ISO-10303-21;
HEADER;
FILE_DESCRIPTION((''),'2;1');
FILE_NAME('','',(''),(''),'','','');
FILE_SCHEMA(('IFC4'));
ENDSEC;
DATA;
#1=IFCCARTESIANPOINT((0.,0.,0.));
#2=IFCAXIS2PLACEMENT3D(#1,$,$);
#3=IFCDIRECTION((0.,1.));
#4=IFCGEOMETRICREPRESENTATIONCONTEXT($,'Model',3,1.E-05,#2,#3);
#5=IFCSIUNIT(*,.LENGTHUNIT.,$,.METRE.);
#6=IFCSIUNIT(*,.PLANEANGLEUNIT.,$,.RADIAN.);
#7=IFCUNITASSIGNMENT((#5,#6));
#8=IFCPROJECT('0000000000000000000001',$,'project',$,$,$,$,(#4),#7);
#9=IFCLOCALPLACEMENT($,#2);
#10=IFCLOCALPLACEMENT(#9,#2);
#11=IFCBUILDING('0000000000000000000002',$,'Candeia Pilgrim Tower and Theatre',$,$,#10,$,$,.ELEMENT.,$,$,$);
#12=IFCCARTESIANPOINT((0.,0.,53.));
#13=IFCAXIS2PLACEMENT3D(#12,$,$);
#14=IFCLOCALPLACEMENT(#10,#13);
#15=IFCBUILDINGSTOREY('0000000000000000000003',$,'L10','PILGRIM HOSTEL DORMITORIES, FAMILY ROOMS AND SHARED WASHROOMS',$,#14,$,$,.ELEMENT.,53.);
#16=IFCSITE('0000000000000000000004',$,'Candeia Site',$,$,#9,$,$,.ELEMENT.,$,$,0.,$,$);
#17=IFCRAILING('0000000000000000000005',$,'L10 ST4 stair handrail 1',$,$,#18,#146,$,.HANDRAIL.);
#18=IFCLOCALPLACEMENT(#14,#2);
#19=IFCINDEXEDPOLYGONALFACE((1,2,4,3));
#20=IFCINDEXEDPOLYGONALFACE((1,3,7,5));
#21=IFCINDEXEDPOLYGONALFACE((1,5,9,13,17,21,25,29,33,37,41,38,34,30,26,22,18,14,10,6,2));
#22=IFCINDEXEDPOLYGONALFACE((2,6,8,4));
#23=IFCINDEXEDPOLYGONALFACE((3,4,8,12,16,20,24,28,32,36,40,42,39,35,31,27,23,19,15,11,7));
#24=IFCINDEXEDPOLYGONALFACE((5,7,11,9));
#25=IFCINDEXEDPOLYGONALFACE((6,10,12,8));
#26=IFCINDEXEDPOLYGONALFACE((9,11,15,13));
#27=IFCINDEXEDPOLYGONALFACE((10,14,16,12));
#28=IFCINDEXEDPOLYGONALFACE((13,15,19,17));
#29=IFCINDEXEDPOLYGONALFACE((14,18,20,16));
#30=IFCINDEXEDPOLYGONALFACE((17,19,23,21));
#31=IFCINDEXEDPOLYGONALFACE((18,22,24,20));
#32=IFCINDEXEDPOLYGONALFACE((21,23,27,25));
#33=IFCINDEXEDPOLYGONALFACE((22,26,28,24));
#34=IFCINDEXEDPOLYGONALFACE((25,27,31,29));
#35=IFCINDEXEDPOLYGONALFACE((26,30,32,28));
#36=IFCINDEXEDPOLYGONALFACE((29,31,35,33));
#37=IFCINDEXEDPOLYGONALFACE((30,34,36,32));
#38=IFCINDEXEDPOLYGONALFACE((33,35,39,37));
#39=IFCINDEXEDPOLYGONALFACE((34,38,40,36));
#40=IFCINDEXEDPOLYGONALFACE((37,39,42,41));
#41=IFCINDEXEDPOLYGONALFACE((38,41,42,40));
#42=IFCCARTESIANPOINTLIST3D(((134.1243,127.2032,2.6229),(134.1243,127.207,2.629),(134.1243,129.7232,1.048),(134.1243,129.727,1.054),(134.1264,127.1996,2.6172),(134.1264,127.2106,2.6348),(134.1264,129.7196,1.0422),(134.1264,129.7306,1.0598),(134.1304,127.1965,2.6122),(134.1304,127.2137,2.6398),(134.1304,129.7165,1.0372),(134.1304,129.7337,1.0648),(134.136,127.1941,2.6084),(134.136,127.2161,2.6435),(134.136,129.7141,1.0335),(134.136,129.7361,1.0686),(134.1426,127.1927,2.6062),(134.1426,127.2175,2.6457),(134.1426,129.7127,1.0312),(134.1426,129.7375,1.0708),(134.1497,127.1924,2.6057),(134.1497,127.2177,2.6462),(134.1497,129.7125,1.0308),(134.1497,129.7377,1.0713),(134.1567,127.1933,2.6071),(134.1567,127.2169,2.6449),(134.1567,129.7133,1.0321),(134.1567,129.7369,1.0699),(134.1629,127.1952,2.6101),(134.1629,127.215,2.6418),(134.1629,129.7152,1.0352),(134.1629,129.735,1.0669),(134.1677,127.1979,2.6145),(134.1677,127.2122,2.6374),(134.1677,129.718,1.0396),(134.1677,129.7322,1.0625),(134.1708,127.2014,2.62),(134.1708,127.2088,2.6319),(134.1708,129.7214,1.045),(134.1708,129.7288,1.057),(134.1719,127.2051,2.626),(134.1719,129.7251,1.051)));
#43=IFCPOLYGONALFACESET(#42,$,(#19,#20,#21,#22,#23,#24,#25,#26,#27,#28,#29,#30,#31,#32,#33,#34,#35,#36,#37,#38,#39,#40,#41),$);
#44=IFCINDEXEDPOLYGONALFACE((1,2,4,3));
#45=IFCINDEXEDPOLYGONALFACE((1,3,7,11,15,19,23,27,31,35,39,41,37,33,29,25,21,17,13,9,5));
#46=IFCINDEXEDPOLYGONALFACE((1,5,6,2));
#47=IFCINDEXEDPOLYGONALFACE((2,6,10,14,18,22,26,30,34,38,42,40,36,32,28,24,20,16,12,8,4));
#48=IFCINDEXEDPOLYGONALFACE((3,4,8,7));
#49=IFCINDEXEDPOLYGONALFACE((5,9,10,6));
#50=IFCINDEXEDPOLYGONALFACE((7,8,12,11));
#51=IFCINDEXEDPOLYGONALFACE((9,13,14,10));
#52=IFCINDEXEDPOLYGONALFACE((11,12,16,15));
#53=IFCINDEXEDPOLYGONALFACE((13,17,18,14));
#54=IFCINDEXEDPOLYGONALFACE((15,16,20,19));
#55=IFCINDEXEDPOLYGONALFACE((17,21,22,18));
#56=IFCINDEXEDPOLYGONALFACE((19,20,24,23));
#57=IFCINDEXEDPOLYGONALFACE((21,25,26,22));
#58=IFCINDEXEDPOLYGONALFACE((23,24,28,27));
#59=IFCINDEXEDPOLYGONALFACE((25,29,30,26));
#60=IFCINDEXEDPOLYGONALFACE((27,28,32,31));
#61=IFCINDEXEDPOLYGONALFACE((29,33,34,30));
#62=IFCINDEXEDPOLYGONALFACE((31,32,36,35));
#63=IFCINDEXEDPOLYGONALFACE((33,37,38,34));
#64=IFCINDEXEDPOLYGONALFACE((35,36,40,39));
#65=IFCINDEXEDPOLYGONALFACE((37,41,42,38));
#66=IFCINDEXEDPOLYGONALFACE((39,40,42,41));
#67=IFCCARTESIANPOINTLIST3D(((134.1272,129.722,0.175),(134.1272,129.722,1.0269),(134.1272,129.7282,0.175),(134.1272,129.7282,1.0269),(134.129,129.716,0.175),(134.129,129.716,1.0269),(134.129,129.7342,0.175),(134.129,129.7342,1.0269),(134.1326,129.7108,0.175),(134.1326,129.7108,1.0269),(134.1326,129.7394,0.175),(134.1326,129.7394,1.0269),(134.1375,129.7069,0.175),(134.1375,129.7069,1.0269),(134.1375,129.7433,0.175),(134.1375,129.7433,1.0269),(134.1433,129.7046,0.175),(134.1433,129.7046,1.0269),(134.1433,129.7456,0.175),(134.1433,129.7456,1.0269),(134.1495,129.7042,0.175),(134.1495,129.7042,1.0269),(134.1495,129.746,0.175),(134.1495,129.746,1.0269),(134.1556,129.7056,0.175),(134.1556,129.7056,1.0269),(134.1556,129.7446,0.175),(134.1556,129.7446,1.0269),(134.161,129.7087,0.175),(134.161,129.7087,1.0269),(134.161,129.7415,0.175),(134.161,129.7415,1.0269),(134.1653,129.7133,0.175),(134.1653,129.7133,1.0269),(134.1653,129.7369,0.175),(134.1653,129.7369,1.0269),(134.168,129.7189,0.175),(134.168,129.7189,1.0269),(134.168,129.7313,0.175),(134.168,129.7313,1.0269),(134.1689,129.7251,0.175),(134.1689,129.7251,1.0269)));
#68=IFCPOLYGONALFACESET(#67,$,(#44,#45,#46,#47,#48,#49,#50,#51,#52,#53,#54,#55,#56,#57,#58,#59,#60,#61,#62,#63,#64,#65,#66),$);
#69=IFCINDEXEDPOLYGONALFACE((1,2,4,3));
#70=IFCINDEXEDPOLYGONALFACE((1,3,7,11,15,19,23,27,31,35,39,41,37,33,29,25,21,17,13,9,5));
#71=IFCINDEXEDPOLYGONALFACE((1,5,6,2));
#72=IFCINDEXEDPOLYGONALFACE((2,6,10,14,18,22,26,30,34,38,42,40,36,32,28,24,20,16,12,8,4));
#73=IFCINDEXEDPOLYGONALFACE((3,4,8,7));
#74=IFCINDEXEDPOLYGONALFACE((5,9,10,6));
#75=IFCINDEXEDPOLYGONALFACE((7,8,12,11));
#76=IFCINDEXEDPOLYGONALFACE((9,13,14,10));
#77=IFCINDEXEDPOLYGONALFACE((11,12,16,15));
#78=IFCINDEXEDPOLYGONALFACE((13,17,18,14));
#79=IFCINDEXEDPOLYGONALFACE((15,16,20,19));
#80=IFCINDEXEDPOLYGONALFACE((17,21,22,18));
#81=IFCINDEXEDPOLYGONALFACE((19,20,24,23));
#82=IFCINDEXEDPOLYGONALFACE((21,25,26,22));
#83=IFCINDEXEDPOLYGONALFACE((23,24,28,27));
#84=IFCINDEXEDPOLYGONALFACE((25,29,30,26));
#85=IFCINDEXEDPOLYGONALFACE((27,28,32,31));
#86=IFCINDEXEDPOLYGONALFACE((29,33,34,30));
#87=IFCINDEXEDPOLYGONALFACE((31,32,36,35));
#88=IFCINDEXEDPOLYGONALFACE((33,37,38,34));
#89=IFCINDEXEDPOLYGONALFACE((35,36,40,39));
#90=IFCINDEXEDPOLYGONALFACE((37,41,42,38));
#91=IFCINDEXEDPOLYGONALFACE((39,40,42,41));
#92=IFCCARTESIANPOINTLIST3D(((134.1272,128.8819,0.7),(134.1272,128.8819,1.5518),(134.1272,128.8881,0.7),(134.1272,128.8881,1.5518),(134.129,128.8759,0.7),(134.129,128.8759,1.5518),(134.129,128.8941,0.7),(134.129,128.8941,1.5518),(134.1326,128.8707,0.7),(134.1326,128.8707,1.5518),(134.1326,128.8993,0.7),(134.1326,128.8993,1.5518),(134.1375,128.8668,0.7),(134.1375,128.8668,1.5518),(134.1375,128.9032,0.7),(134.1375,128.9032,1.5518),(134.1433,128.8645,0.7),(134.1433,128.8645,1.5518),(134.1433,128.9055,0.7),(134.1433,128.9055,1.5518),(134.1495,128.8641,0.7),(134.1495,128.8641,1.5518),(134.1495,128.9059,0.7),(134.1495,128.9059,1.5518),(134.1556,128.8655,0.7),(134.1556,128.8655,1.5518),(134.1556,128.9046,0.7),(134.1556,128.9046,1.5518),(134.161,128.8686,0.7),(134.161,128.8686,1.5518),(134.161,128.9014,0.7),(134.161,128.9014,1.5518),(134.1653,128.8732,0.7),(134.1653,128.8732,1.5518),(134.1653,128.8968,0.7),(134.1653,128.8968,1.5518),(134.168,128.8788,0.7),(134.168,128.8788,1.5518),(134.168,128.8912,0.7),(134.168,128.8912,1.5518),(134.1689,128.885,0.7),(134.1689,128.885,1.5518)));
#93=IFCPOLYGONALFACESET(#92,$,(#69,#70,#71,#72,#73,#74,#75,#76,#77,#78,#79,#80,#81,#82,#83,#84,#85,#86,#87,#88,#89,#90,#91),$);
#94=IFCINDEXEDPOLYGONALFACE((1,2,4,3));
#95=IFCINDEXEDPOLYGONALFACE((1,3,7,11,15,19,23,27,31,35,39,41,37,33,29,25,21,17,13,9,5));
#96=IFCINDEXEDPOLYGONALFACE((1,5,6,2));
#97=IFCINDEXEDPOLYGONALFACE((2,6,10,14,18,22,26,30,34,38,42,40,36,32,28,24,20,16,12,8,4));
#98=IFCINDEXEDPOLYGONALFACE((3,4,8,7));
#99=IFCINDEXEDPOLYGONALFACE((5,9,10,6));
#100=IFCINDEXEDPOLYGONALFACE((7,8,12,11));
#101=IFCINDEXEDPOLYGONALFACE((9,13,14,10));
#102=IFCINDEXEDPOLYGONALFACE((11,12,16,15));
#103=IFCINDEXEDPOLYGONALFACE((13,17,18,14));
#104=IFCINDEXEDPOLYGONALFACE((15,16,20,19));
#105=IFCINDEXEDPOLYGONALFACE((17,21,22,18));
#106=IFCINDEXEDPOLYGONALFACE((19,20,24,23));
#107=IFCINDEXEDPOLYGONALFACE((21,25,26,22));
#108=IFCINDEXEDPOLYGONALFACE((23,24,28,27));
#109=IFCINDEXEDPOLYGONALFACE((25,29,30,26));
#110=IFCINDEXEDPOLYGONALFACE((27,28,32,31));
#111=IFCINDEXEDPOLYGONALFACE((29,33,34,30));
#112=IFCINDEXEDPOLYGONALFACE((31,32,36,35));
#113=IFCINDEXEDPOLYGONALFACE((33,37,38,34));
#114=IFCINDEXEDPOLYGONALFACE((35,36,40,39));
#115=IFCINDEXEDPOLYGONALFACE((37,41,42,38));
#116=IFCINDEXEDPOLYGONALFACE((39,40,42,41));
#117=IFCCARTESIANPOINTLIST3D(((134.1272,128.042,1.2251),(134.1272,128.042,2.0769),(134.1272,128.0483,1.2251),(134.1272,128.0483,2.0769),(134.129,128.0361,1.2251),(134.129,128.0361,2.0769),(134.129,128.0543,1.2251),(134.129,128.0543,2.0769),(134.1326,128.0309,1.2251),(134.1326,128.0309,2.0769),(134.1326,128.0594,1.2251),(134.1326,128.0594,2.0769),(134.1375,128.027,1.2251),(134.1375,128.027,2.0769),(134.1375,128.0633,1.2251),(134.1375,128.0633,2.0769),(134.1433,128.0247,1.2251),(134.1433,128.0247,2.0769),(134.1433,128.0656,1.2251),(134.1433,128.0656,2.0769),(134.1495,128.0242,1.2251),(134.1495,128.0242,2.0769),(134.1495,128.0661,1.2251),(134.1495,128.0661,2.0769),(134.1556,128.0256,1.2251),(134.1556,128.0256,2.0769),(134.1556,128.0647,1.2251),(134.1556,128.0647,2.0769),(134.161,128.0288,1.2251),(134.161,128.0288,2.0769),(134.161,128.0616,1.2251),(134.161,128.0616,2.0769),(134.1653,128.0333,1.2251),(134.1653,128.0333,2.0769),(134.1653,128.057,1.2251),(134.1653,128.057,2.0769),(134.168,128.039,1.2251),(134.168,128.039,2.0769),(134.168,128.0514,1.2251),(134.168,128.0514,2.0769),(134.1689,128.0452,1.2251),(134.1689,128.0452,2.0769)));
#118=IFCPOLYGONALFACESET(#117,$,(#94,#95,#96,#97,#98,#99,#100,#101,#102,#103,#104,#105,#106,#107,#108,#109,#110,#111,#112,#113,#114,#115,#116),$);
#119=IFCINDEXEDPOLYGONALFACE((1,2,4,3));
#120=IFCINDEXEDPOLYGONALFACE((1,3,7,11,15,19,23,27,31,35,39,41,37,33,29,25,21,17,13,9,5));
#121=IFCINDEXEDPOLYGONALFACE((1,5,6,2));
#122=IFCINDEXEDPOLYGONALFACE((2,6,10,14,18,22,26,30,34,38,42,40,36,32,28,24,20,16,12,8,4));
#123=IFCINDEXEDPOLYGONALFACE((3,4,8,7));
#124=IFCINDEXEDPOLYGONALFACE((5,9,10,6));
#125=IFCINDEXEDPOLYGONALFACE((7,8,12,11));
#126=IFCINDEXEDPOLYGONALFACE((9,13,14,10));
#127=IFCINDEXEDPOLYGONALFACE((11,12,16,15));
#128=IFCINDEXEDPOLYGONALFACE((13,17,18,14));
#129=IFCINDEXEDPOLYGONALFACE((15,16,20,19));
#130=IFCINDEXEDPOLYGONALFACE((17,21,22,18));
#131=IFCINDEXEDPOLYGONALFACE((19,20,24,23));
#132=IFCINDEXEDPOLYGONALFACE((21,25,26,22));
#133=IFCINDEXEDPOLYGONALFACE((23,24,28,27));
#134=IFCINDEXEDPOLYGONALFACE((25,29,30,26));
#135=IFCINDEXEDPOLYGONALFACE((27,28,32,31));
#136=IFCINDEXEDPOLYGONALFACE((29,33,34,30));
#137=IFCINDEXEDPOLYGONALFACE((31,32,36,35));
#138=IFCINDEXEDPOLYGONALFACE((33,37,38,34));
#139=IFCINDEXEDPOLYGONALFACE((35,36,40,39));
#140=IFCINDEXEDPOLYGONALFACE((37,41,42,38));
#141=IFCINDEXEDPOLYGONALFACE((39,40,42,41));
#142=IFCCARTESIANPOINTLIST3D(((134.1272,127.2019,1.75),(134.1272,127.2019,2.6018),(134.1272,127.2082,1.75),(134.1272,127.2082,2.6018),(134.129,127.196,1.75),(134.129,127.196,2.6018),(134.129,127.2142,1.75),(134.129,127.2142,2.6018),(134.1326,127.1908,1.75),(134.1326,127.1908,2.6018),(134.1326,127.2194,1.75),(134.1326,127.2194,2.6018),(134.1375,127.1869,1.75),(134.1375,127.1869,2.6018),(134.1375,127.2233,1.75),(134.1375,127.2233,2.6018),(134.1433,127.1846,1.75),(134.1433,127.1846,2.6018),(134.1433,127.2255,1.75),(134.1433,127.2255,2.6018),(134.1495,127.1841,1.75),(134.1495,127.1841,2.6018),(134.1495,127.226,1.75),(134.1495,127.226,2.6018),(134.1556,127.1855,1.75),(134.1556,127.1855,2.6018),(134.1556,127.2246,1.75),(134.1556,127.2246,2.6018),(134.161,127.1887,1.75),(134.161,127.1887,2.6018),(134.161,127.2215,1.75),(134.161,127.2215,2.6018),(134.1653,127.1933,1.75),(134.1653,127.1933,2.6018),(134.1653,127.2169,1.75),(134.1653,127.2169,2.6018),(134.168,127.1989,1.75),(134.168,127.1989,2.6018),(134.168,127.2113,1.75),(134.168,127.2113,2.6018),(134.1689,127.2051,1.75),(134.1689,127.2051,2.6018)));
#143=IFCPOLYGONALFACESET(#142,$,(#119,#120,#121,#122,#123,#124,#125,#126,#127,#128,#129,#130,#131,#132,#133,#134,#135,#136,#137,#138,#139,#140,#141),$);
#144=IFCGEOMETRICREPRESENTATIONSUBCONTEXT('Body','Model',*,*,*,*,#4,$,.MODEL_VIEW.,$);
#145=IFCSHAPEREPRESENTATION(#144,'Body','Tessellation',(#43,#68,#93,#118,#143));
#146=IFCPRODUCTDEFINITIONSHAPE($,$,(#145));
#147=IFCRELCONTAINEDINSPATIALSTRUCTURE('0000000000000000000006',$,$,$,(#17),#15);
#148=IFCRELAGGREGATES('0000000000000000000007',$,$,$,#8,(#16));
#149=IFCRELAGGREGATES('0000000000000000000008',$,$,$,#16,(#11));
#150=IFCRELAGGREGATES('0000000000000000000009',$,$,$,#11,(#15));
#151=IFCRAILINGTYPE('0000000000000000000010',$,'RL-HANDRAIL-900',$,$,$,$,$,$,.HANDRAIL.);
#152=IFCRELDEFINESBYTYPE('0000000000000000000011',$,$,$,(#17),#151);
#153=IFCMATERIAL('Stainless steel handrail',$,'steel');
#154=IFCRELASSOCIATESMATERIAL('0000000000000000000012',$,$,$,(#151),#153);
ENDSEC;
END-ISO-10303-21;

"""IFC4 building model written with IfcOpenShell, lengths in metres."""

from ifc_helpers import new_model, si_unit, direction, frame, origin, origin_2d, place, context, subcontext, project, spatial, circle, extrude, material, type_object, element, save


model = new_model("IFC4")

# Units and contexts
model_context = context("Model", 3, precision=1e-05, world=origin(), true_north=direction((0.0, 1.0)))
body_context = subcontext(model_context, "Body", "Model", "MODEL_VIEW")
ifc_project = project(units=[si_unit("LENGTHUNIT", "METRE"), si_unit("PLANEANGLEUNIT", "RADIAN")], contexts=[model_context])

# Site, building, storey
site_placement = place(None, origin())
site = spatial("IfcSite", under=ifc_project, at=site_placement, Name="Candeia Site", CompositionType="ELEMENT", RefElevation=0.0)
building_placement = place(site_placement, origin())
building = spatial("IfcBuilding", under=site, at=building_placement, Name="Candeia Pilgrim Tower and Theatre", CompositionType="ELEMENT")
storey_placement = place(building_placement, frame((0.0, 0.0, 53.0)))
storey = spatial("IfcBuildingStorey", under=building, at=storey_placement, Name="L10", Description="PILGRIM HOSTEL DORMITORIES, FAMILY ROOMS AND SHARED WASHROOMS", CompositionType="ELEMENT", Elevation=53.0)

# Railing
ifc_material_1 = material(Name="Stainless steel handrail", Category="steel")
railing_type_1 = type_object("IfcRailingType", Name="RL-HANDRAIL-900", PredefinedType="HANDRAIL", material=ifc_material_1)
railing_1_placement = place(storey_placement, frame((134.1479, 129.7251, 0.175)))
element("IfcRailing", 1, at=railing_1_placement, inside=storey, type_object=railing_type_1, Name="L10 ST4 stair handrail 1", PredefinedType="HANDRAIL", context=body_context, shape_type="SweptSolid", body=[
    extrude(circle(Radius=0.0239, at=origin_2d()), frame((0.0, 0.0, 0.876), z_axis=(0.0, -0.848008, 0.529984), x_axis=(1.0, 0.0, 0.0)), (0.0, 0.0, 1.0), 2.9717),
    extrude(circle(Radius=0.021, at=origin_2d()), origin(), (0.0, 0.0, 1.0), 0.8518),
    extrude(circle(Radius=0.021, at=origin_2d()), frame((0.0, -0.8401, 0.5249)), (0.0, 0.0, 1.0), 0.8518),
    extrude(circle(Radius=0.021, at=origin_2d()), frame((0.0, -1.6799, 1.05)), (0.0, 0.0, 1.0), 0.8518),
    extrude(circle(Radius=0.021, at=origin_2d()), frame((0.0, -2.52, 1.575)), (0.0, 0.0, 1.0), 0.8518),
])

save(model, "model.ifc")
